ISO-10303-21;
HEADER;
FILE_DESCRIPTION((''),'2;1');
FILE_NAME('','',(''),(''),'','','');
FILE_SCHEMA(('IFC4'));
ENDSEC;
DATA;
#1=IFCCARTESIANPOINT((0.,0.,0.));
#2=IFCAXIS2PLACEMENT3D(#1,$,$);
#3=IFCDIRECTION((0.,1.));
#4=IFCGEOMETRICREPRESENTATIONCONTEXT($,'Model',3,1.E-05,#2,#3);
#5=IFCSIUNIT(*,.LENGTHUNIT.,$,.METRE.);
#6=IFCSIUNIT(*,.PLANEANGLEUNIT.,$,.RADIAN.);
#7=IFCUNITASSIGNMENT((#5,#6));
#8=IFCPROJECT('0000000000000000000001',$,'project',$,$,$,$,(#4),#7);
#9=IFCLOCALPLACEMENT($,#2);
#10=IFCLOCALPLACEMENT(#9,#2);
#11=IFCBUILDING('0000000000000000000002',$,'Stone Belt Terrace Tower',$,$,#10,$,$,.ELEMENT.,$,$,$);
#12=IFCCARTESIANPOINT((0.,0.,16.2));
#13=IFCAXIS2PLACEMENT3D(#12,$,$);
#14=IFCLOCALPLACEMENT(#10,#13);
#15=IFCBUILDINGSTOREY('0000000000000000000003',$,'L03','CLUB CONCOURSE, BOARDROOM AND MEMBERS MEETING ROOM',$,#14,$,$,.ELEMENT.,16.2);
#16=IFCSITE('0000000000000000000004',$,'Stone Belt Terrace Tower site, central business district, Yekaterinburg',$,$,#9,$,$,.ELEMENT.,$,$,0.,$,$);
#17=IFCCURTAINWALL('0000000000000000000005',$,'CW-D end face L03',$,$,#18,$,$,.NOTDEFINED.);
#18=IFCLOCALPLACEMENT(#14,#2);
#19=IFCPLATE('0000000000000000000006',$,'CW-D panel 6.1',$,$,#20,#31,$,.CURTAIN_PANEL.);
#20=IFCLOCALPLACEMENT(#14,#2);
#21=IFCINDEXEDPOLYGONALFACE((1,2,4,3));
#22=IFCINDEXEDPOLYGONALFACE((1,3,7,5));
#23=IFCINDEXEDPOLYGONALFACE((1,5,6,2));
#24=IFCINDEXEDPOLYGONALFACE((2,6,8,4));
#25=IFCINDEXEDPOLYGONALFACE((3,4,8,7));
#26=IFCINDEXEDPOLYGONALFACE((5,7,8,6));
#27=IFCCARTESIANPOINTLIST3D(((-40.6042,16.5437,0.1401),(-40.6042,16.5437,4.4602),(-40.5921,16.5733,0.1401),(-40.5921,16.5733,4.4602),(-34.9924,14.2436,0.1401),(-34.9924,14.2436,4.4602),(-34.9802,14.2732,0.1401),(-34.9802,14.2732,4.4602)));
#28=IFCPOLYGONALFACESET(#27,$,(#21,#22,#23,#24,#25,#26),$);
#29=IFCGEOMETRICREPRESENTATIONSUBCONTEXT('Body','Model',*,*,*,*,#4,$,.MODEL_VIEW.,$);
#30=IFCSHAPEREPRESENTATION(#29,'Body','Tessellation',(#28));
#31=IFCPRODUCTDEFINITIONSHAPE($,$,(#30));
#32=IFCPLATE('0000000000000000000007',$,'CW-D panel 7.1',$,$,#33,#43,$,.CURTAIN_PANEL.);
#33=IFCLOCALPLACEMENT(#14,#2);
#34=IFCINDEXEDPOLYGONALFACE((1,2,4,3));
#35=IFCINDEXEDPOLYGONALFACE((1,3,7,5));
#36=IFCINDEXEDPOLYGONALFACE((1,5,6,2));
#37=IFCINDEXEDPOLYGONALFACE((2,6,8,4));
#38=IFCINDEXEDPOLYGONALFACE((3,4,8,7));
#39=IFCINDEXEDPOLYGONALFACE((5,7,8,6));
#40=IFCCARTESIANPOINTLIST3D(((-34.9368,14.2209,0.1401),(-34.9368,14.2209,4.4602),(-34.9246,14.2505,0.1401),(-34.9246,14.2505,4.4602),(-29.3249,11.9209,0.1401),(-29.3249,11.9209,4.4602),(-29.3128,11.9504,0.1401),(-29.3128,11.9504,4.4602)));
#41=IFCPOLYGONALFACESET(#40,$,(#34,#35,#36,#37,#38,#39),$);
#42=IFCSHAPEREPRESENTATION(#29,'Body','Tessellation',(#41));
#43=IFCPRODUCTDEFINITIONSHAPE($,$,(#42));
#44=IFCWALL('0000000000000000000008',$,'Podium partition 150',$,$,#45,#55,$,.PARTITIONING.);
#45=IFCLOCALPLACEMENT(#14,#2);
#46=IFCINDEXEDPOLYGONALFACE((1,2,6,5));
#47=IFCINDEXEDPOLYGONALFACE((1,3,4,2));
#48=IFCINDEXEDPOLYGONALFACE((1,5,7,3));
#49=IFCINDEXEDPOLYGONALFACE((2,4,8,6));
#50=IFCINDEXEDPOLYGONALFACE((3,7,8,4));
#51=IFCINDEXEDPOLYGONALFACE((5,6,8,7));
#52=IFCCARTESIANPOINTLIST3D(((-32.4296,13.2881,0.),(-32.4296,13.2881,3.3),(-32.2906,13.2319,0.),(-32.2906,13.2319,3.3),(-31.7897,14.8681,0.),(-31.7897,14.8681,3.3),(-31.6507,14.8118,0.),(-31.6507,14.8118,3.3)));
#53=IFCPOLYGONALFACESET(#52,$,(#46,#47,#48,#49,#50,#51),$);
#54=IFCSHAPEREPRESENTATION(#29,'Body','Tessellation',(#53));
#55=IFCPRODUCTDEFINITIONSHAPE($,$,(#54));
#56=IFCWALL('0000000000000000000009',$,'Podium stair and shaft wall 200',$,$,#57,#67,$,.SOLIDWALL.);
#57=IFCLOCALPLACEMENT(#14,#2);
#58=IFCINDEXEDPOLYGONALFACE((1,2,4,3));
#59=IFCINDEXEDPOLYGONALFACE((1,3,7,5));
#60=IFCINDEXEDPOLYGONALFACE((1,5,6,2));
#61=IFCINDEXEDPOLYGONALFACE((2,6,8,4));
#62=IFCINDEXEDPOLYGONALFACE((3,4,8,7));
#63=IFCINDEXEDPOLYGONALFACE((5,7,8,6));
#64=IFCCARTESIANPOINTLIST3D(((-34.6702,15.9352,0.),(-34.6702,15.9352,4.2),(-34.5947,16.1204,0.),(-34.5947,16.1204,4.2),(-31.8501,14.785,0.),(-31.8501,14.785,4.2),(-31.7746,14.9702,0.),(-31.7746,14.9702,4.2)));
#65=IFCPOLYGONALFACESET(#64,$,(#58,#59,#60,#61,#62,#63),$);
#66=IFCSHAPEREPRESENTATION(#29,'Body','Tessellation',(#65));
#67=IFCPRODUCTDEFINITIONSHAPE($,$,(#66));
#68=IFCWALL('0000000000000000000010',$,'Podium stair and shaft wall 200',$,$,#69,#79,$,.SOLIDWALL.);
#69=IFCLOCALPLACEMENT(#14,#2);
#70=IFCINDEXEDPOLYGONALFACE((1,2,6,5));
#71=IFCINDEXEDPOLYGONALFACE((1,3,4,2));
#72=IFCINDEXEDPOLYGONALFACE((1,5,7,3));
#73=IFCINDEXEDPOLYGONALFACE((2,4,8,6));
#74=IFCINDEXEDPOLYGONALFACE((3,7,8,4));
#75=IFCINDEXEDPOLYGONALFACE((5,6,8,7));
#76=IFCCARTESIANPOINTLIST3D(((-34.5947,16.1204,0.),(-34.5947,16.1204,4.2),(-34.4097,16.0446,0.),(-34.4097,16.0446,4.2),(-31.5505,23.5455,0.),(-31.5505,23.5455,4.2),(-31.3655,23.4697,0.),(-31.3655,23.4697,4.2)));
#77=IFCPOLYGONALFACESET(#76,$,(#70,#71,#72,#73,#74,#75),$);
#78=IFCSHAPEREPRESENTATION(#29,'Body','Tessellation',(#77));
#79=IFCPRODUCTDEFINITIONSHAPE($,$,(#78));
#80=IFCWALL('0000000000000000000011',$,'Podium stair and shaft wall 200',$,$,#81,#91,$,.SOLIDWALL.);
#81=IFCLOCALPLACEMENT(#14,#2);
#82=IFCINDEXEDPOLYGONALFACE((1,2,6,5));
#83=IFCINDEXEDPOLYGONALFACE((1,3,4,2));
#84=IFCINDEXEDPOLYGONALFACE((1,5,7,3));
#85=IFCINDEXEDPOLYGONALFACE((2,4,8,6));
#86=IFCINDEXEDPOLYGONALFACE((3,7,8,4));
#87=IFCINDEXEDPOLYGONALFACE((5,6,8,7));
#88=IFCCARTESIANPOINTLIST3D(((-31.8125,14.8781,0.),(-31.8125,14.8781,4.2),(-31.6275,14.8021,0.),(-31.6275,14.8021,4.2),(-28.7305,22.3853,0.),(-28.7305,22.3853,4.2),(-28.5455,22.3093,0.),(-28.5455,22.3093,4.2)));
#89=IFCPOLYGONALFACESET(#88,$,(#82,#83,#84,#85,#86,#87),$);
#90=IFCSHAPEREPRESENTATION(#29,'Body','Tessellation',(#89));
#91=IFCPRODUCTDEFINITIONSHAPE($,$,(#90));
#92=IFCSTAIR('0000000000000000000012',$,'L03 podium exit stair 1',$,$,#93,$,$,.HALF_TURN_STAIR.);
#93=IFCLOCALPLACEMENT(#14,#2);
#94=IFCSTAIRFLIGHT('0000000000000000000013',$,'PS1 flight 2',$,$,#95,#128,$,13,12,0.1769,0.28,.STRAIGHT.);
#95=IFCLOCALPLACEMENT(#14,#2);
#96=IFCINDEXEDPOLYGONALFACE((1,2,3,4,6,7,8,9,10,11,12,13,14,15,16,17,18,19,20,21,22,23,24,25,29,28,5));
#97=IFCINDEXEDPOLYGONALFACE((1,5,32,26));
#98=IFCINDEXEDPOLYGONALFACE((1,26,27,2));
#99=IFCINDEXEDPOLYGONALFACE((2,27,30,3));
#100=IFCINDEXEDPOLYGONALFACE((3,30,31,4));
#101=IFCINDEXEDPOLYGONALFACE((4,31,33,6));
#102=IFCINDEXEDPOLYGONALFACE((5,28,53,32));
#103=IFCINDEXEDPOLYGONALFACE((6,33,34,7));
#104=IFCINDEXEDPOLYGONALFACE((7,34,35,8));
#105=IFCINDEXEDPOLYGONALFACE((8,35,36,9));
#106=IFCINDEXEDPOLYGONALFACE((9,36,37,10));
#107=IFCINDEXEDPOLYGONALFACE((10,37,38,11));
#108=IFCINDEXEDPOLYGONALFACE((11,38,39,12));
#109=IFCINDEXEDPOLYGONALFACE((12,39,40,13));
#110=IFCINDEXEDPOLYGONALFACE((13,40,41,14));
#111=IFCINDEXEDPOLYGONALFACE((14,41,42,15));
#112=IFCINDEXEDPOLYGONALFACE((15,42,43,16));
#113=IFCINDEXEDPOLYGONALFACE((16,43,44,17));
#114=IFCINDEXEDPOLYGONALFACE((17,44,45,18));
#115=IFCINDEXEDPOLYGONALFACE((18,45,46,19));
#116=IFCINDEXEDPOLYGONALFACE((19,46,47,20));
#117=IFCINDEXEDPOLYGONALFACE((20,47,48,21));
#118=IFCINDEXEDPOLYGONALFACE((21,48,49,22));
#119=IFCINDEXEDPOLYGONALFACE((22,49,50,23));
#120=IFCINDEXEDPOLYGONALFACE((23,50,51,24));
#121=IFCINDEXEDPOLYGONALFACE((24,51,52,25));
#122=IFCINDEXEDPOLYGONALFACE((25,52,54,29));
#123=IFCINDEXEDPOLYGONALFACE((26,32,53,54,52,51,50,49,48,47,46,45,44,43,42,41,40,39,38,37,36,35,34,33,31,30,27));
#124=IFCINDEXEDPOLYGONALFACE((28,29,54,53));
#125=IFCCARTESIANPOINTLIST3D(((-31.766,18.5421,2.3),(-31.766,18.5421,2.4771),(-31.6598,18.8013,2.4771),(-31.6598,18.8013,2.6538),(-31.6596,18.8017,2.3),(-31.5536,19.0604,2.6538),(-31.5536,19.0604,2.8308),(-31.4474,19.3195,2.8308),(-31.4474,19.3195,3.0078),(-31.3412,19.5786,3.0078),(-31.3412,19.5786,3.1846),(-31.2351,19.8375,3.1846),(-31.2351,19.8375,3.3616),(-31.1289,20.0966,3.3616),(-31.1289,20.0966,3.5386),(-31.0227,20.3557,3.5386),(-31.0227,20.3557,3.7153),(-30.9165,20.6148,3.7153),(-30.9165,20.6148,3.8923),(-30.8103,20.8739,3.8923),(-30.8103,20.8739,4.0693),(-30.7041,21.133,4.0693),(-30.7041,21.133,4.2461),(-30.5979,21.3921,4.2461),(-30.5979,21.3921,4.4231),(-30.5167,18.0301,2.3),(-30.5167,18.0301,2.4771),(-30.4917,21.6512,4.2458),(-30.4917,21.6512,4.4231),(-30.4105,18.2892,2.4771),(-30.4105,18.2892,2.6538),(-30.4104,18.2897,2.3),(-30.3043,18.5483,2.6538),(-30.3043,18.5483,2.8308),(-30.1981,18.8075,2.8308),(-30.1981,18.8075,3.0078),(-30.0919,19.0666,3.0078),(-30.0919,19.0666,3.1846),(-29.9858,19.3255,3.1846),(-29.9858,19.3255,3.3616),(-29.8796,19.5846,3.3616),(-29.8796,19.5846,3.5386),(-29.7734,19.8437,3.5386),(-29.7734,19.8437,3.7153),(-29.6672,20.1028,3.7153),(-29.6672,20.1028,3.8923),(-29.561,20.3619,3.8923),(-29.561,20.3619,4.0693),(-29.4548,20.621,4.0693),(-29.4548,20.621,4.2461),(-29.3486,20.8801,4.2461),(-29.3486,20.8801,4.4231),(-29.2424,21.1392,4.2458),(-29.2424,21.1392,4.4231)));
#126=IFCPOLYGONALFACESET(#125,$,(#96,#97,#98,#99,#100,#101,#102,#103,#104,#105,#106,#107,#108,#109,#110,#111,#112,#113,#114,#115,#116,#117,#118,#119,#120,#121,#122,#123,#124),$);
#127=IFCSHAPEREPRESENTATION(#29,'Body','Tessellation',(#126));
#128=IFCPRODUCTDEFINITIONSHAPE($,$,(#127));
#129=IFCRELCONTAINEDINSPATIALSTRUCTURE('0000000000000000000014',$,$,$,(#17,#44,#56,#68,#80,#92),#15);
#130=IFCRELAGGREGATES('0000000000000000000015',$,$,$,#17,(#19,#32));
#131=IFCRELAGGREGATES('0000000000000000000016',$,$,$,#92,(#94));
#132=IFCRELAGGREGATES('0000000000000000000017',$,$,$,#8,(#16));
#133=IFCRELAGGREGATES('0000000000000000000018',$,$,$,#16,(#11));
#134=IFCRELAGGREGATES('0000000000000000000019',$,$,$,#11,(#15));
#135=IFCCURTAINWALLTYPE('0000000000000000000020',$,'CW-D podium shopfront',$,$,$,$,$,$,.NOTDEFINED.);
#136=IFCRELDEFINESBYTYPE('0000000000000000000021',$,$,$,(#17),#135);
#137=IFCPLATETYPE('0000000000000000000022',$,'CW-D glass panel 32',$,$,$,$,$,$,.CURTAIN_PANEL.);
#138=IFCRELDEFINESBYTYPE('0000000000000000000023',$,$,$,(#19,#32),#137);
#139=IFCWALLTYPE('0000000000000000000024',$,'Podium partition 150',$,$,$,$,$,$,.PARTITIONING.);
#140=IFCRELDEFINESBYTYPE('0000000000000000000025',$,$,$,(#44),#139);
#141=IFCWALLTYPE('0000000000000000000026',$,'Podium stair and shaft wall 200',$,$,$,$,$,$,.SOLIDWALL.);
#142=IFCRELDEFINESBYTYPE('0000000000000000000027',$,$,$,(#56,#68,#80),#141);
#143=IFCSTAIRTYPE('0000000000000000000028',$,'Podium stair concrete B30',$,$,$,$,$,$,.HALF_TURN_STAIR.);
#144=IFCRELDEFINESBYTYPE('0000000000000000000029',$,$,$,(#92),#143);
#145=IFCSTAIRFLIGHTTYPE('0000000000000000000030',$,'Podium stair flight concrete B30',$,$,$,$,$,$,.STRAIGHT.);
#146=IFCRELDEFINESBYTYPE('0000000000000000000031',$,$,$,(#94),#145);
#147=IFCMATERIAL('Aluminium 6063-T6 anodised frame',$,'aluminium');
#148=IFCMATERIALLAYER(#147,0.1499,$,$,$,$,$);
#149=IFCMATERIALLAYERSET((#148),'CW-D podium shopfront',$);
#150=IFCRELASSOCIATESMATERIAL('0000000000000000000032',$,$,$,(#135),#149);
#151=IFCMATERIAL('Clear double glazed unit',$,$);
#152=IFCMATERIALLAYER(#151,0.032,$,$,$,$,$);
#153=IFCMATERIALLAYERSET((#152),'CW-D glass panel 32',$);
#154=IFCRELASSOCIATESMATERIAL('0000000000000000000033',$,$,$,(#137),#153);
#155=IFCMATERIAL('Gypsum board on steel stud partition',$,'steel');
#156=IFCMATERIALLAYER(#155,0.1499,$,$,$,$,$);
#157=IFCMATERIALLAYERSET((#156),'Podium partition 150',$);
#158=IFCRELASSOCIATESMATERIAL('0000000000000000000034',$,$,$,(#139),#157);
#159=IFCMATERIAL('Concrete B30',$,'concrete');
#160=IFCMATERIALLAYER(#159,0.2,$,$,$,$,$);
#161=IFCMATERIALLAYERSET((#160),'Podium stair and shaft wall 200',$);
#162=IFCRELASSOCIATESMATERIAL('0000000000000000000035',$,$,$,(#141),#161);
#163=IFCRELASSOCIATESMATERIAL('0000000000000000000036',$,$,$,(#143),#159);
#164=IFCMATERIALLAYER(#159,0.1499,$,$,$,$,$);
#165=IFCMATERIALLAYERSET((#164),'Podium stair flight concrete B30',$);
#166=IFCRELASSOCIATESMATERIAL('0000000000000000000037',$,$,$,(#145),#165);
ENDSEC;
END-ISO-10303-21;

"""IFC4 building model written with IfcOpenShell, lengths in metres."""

from ifc_helpers import new_model, si_unit, direction, frame, frame_2d, origin, origin_2d, place, context, subcontext, project, spatial, polyline, rectangle, outline, extrude, material, layer, layer_set, type_object, element, aggregate, save


model = new_model("IFC4")

# Units and contexts
model_context = context("Model", 3, precision=1e-05, world=origin(), true_north=direction((0.0, 1.0)))
body_context = subcontext(model_context, "Body", "Model", "MODEL_VIEW")
ifc_project = project(units=[si_unit("LENGTHUNIT", "METRE"), si_unit("PLANEANGLEUNIT", "RADIAN")], contexts=[model_context])

# Site, building, storey
site_placement = place(None, origin())
site = spatial("IfcSite", under=ifc_project, at=site_placement, Name="Stone Belt Terrace Tower site, central business district, Yekaterinburg", CompositionType="ELEMENT", RefElevation=0.0)
building_placement = place(site_placement, origin())
building = spatial("IfcBuilding", under=site, at=building_placement, Name="Stone Belt Terrace Tower", CompositionType="ELEMENT")
storey_placement = place(building_placement, frame((0.0, 0.0, 16.2)))
storey = spatial("IfcBuildingStorey", under=building, at=storey_placement, Name="L03", Description="CLUB CONCOURSE, BOARDROOM AND MEMBERS MEETING ROOM", CompositionType="ELEMENT", Elevation=16.2)

# Curtain wall
ifc_material_1 = material(Name="Aluminium 6063-T6 anodised frame", Category="aluminium")
ifc_layer_1 = layer(ifc_material_1, 0.1499)
ifc_layer_set_1 = layer_set([ifc_layer_1], Name="CW-D podium shopfront")
curtain_wall_type = type_object("IfcCurtainWallType", Name="CW-D podium shopfront", PredefinedType="NOTDEFINED", material=ifc_layer_set_1)
curtain_wall_placement = place(storey_placement, origin())
curtain_wall = element("IfcCurtainWall", 1, at=curtain_wall_placement, inside=storey, type_object=curtain_wall_type, Name="CW-D end face L03", PredefinedType="NOTDEFINED")

# Plates
ifc_material_2 = material(Name="Clear double glazed unit")
ifc_layer_2 = layer(ifc_material_2, 0.032)
ifc_layer_set_2 = layer_set([ifc_layer_2], Name="CW-D glass panel 32")
plate_type = type_object("IfcPlateType", Name="CW-D glass panel 32", PredefinedType="CURTAIN_PANEL", material=ifc_layer_set_2)
plate_1_placement = place(storey_placement, frame((-37.7922, 15.4084, 0.1401), z_axis=(0.0, 0.0, 1.0), x_axis=(0.925297, -0.379243, 0.0)))
plate_1 = element("IfcPlate", 2, at=plate_1_placement, type_object=plate_type, Name="CW-D panel 6.1", PredefinedType="CURTAIN_PANEL", context=body_context, shape_type="SweptSolid", body=[
    extrude(rectangle(XDim=6.0649, YDim=0.032, at=origin_2d()), origin(), (0.0, 0.0, 1.0), 4.3201),
])
plate_2_placement = place(storey_placement, frame((-32.1248, 13.0857, 0.1401), z_axis=(0.0, 0.0, 1.0), x_axis=(0.925297, -0.379243, 0.0)))
plate_2 = element("IfcPlate", 3, at=plate_2_placement, type_object=plate_type, Name="CW-D panel 7.1", PredefinedType="CURTAIN_PANEL", context=body_context, shape_type="SweptSolid", body=[
    extrude(rectangle(XDim=6.0649, YDim=0.032, at=origin_2d()), origin(), (0.0, 0.0, 1.0), 4.3201),
])
aggregate(curtain_wall, [plate_1, plate_2])

# Walls
ifc_material_3 = material(Name="Gypsum board on steel stud partition", Category="steel")
ifc_layer_3 = layer(ifc_material_3, 0.1499)
ifc_layer_set_3 = layer_set([ifc_layer_3], Name="Podium partition 150")
wall_type_1 = type_object("IfcWallType", Name="Podium partition 150", PredefinedType="PARTITIONING", material=ifc_layer_set_3)
wall_1_placement = place(storey_placement, frame((-32.3601, 13.26, 0.0), z_axis=(0.0, 0.0, 1.0), x_axis=(0.375413, 0.926858, 0.0)))
element("IfcWall", 4, at=wall_1_placement, inside=storey, type_object=wall_type_1, Name="Podium partition 150", PredefinedType="PARTITIONING", context=body_context, shape_type="SweptSolid", body=[
    extrude(rectangle(XDim=1.7046, YDim=0.1499, at=frame_2d((0.8523, 0.0))), origin(), (0.0, 0.0, 1.0), 3.3),
])
ifc_material_4 = material(Name="Concrete B30", Category="concrete")
ifc_layer_4 = layer(ifc_material_4, 0.2)
ifc_layer_set_4 = layer_set([ifc_layer_4], Name="Podium stair and shaft wall 200")
wall_type_2 = type_object("IfcWallType", Name="Podium stair and shaft wall 200", PredefinedType="SOLIDWALL", material=ifc_layer_set_4)
wall_2_placement = place(storey_placement, frame((-34.6326, 16.0278, 0.0), z_axis=(0.0, 0.0, 1.0), x_axis=(0.925951, -0.377643, 0.0)))
element("IfcWall", 5, at=wall_2_placement, inside=storey, type_object=wall_type_2, Name="Podium stair and shaft wall 200", PredefinedType="SOLIDWALL", context=body_context, shape_type="SweptSolid", body=[
    extrude(rectangle(XDim=3.0457, YDim=0.2, at=frame_2d((1.5229, 0.0))), origin(), (0.0, 0.0, 1.0), 4.2),
])
wall_3_placement = place(storey_placement, frame((-34.5022, 16.0825, 0.0), z_axis=(0.0, 0.0, 1.0), x_axis=(0.379345, 0.925255, 0.0)))
element("IfcWall", 6, at=wall_3_placement, inside=storey, type_object=wall_type_2, Name="Podium stair and shaft wall 200", PredefinedType="SOLIDWALL", context=body_context, shape_type="SweptSolid", body=[
    extrude(rectangle(XDim=8.0249, YDim=0.2, at=frame_2d((4.0125, 0.0))), origin(), (0.0, 0.0, 1.0), 4.2),
])
wall_4_placement = place(storey_placement, frame((-31.72, 14.8401, 0.0), z_axis=(0.0, 0.0, 1.0), x_axis=(0.379778, 0.925078, 0.0)))
element("IfcWall", 7, at=wall_4_placement, inside=storey, type_object=wall_type_2, Name="Podium stair and shaft wall 200", PredefinedType="SOLIDWALL", context=body_context, shape_type="SweptSolid", body=[
    extrude(rectangle(XDim=8.1152, YDim=0.2, at=frame_2d((4.0576, 0.0))), origin(), (0.0, 0.0, 1.0), 4.2),
])

# Stair, stair flight
stair_type = type_object("IfcStairType", Name="Podium stair concrete B30", PredefinedType="HALF_TURN_STAIR", material=ifc_material_4)
stair_placement = place(storey_placement, origin())
stair = element("IfcStair", 8, at=stair_placement, inside=storey, type_object=stair_type, Name="L03 podium exit stair 1", PredefinedType="HALF_TURN_STAIR")
ifc_layer_5 = layer(ifc_material_4, 0.1499)
ifc_layer_set_5 = layer_set([ifc_layer_5], Name="Podium stair flight concrete B30")
stair_flight_type = type_object("IfcStairFlightType", Name="Podium stair flight concrete B30", PredefinedType="STRAIGHT", material=ifc_layer_set_5)
stair_flight_placement = place(storey_placement, frame((-31.1414, 18.2861, 2.3), z_axis=(0.0, 0.0, 1.0), x_axis=(0.379243, 0.925297, 0.0)))
stair_flight = element("IfcStairFlight", 9, at=stair_flight_placement, type_object=stair_flight_type, Name="PS1 flight 2", NumberOfRisers=13, NumberOfTreads=12, PredefinedType="STRAIGHT", RiserHeight=0.1769, TreadLength=0.28, context=body_context, shape_type="SweptSolid", body=[
    extrude(outline(polyline([(0.0, 0.0), (0.0, 0.177), (0.28, 0.177), (0.28, 0.3538), (0.5601, 0.3538), (0.5601, 0.5308), (0.8401, 0.5308), (0.8401, 0.7078), (1.1201, 0.7078), (1.1201, 0.8845), (1.3999, 0.8845), (1.3999, 1.0615), (1.6799, 1.0615), (1.6799, 1.2385), (1.96, 1.2385), (1.96, 1.4153), (2.24, 1.4153), (2.24, 1.5923), (2.52, 1.5923), (2.52, 1.7693), (2.8, 1.7693), (2.8, 1.946), (3.0801, 1.946), (3.0801, 2.123), (3.3601, 2.123), (3.3601, 2.3), (3.3601, 1.9458), (0.2805, 0.0), (0.0, 0.0)])), frame((0.0, 0.675, 0.0), z_axis=(0.0, -1.0, 0.0), x_axis=(1.0, 0.0, 0.0)), (0.0, 0.0, 1.0), 1.3501),
])
aggregate(stair, [stair_flight])

save(model, "model.ifc")
